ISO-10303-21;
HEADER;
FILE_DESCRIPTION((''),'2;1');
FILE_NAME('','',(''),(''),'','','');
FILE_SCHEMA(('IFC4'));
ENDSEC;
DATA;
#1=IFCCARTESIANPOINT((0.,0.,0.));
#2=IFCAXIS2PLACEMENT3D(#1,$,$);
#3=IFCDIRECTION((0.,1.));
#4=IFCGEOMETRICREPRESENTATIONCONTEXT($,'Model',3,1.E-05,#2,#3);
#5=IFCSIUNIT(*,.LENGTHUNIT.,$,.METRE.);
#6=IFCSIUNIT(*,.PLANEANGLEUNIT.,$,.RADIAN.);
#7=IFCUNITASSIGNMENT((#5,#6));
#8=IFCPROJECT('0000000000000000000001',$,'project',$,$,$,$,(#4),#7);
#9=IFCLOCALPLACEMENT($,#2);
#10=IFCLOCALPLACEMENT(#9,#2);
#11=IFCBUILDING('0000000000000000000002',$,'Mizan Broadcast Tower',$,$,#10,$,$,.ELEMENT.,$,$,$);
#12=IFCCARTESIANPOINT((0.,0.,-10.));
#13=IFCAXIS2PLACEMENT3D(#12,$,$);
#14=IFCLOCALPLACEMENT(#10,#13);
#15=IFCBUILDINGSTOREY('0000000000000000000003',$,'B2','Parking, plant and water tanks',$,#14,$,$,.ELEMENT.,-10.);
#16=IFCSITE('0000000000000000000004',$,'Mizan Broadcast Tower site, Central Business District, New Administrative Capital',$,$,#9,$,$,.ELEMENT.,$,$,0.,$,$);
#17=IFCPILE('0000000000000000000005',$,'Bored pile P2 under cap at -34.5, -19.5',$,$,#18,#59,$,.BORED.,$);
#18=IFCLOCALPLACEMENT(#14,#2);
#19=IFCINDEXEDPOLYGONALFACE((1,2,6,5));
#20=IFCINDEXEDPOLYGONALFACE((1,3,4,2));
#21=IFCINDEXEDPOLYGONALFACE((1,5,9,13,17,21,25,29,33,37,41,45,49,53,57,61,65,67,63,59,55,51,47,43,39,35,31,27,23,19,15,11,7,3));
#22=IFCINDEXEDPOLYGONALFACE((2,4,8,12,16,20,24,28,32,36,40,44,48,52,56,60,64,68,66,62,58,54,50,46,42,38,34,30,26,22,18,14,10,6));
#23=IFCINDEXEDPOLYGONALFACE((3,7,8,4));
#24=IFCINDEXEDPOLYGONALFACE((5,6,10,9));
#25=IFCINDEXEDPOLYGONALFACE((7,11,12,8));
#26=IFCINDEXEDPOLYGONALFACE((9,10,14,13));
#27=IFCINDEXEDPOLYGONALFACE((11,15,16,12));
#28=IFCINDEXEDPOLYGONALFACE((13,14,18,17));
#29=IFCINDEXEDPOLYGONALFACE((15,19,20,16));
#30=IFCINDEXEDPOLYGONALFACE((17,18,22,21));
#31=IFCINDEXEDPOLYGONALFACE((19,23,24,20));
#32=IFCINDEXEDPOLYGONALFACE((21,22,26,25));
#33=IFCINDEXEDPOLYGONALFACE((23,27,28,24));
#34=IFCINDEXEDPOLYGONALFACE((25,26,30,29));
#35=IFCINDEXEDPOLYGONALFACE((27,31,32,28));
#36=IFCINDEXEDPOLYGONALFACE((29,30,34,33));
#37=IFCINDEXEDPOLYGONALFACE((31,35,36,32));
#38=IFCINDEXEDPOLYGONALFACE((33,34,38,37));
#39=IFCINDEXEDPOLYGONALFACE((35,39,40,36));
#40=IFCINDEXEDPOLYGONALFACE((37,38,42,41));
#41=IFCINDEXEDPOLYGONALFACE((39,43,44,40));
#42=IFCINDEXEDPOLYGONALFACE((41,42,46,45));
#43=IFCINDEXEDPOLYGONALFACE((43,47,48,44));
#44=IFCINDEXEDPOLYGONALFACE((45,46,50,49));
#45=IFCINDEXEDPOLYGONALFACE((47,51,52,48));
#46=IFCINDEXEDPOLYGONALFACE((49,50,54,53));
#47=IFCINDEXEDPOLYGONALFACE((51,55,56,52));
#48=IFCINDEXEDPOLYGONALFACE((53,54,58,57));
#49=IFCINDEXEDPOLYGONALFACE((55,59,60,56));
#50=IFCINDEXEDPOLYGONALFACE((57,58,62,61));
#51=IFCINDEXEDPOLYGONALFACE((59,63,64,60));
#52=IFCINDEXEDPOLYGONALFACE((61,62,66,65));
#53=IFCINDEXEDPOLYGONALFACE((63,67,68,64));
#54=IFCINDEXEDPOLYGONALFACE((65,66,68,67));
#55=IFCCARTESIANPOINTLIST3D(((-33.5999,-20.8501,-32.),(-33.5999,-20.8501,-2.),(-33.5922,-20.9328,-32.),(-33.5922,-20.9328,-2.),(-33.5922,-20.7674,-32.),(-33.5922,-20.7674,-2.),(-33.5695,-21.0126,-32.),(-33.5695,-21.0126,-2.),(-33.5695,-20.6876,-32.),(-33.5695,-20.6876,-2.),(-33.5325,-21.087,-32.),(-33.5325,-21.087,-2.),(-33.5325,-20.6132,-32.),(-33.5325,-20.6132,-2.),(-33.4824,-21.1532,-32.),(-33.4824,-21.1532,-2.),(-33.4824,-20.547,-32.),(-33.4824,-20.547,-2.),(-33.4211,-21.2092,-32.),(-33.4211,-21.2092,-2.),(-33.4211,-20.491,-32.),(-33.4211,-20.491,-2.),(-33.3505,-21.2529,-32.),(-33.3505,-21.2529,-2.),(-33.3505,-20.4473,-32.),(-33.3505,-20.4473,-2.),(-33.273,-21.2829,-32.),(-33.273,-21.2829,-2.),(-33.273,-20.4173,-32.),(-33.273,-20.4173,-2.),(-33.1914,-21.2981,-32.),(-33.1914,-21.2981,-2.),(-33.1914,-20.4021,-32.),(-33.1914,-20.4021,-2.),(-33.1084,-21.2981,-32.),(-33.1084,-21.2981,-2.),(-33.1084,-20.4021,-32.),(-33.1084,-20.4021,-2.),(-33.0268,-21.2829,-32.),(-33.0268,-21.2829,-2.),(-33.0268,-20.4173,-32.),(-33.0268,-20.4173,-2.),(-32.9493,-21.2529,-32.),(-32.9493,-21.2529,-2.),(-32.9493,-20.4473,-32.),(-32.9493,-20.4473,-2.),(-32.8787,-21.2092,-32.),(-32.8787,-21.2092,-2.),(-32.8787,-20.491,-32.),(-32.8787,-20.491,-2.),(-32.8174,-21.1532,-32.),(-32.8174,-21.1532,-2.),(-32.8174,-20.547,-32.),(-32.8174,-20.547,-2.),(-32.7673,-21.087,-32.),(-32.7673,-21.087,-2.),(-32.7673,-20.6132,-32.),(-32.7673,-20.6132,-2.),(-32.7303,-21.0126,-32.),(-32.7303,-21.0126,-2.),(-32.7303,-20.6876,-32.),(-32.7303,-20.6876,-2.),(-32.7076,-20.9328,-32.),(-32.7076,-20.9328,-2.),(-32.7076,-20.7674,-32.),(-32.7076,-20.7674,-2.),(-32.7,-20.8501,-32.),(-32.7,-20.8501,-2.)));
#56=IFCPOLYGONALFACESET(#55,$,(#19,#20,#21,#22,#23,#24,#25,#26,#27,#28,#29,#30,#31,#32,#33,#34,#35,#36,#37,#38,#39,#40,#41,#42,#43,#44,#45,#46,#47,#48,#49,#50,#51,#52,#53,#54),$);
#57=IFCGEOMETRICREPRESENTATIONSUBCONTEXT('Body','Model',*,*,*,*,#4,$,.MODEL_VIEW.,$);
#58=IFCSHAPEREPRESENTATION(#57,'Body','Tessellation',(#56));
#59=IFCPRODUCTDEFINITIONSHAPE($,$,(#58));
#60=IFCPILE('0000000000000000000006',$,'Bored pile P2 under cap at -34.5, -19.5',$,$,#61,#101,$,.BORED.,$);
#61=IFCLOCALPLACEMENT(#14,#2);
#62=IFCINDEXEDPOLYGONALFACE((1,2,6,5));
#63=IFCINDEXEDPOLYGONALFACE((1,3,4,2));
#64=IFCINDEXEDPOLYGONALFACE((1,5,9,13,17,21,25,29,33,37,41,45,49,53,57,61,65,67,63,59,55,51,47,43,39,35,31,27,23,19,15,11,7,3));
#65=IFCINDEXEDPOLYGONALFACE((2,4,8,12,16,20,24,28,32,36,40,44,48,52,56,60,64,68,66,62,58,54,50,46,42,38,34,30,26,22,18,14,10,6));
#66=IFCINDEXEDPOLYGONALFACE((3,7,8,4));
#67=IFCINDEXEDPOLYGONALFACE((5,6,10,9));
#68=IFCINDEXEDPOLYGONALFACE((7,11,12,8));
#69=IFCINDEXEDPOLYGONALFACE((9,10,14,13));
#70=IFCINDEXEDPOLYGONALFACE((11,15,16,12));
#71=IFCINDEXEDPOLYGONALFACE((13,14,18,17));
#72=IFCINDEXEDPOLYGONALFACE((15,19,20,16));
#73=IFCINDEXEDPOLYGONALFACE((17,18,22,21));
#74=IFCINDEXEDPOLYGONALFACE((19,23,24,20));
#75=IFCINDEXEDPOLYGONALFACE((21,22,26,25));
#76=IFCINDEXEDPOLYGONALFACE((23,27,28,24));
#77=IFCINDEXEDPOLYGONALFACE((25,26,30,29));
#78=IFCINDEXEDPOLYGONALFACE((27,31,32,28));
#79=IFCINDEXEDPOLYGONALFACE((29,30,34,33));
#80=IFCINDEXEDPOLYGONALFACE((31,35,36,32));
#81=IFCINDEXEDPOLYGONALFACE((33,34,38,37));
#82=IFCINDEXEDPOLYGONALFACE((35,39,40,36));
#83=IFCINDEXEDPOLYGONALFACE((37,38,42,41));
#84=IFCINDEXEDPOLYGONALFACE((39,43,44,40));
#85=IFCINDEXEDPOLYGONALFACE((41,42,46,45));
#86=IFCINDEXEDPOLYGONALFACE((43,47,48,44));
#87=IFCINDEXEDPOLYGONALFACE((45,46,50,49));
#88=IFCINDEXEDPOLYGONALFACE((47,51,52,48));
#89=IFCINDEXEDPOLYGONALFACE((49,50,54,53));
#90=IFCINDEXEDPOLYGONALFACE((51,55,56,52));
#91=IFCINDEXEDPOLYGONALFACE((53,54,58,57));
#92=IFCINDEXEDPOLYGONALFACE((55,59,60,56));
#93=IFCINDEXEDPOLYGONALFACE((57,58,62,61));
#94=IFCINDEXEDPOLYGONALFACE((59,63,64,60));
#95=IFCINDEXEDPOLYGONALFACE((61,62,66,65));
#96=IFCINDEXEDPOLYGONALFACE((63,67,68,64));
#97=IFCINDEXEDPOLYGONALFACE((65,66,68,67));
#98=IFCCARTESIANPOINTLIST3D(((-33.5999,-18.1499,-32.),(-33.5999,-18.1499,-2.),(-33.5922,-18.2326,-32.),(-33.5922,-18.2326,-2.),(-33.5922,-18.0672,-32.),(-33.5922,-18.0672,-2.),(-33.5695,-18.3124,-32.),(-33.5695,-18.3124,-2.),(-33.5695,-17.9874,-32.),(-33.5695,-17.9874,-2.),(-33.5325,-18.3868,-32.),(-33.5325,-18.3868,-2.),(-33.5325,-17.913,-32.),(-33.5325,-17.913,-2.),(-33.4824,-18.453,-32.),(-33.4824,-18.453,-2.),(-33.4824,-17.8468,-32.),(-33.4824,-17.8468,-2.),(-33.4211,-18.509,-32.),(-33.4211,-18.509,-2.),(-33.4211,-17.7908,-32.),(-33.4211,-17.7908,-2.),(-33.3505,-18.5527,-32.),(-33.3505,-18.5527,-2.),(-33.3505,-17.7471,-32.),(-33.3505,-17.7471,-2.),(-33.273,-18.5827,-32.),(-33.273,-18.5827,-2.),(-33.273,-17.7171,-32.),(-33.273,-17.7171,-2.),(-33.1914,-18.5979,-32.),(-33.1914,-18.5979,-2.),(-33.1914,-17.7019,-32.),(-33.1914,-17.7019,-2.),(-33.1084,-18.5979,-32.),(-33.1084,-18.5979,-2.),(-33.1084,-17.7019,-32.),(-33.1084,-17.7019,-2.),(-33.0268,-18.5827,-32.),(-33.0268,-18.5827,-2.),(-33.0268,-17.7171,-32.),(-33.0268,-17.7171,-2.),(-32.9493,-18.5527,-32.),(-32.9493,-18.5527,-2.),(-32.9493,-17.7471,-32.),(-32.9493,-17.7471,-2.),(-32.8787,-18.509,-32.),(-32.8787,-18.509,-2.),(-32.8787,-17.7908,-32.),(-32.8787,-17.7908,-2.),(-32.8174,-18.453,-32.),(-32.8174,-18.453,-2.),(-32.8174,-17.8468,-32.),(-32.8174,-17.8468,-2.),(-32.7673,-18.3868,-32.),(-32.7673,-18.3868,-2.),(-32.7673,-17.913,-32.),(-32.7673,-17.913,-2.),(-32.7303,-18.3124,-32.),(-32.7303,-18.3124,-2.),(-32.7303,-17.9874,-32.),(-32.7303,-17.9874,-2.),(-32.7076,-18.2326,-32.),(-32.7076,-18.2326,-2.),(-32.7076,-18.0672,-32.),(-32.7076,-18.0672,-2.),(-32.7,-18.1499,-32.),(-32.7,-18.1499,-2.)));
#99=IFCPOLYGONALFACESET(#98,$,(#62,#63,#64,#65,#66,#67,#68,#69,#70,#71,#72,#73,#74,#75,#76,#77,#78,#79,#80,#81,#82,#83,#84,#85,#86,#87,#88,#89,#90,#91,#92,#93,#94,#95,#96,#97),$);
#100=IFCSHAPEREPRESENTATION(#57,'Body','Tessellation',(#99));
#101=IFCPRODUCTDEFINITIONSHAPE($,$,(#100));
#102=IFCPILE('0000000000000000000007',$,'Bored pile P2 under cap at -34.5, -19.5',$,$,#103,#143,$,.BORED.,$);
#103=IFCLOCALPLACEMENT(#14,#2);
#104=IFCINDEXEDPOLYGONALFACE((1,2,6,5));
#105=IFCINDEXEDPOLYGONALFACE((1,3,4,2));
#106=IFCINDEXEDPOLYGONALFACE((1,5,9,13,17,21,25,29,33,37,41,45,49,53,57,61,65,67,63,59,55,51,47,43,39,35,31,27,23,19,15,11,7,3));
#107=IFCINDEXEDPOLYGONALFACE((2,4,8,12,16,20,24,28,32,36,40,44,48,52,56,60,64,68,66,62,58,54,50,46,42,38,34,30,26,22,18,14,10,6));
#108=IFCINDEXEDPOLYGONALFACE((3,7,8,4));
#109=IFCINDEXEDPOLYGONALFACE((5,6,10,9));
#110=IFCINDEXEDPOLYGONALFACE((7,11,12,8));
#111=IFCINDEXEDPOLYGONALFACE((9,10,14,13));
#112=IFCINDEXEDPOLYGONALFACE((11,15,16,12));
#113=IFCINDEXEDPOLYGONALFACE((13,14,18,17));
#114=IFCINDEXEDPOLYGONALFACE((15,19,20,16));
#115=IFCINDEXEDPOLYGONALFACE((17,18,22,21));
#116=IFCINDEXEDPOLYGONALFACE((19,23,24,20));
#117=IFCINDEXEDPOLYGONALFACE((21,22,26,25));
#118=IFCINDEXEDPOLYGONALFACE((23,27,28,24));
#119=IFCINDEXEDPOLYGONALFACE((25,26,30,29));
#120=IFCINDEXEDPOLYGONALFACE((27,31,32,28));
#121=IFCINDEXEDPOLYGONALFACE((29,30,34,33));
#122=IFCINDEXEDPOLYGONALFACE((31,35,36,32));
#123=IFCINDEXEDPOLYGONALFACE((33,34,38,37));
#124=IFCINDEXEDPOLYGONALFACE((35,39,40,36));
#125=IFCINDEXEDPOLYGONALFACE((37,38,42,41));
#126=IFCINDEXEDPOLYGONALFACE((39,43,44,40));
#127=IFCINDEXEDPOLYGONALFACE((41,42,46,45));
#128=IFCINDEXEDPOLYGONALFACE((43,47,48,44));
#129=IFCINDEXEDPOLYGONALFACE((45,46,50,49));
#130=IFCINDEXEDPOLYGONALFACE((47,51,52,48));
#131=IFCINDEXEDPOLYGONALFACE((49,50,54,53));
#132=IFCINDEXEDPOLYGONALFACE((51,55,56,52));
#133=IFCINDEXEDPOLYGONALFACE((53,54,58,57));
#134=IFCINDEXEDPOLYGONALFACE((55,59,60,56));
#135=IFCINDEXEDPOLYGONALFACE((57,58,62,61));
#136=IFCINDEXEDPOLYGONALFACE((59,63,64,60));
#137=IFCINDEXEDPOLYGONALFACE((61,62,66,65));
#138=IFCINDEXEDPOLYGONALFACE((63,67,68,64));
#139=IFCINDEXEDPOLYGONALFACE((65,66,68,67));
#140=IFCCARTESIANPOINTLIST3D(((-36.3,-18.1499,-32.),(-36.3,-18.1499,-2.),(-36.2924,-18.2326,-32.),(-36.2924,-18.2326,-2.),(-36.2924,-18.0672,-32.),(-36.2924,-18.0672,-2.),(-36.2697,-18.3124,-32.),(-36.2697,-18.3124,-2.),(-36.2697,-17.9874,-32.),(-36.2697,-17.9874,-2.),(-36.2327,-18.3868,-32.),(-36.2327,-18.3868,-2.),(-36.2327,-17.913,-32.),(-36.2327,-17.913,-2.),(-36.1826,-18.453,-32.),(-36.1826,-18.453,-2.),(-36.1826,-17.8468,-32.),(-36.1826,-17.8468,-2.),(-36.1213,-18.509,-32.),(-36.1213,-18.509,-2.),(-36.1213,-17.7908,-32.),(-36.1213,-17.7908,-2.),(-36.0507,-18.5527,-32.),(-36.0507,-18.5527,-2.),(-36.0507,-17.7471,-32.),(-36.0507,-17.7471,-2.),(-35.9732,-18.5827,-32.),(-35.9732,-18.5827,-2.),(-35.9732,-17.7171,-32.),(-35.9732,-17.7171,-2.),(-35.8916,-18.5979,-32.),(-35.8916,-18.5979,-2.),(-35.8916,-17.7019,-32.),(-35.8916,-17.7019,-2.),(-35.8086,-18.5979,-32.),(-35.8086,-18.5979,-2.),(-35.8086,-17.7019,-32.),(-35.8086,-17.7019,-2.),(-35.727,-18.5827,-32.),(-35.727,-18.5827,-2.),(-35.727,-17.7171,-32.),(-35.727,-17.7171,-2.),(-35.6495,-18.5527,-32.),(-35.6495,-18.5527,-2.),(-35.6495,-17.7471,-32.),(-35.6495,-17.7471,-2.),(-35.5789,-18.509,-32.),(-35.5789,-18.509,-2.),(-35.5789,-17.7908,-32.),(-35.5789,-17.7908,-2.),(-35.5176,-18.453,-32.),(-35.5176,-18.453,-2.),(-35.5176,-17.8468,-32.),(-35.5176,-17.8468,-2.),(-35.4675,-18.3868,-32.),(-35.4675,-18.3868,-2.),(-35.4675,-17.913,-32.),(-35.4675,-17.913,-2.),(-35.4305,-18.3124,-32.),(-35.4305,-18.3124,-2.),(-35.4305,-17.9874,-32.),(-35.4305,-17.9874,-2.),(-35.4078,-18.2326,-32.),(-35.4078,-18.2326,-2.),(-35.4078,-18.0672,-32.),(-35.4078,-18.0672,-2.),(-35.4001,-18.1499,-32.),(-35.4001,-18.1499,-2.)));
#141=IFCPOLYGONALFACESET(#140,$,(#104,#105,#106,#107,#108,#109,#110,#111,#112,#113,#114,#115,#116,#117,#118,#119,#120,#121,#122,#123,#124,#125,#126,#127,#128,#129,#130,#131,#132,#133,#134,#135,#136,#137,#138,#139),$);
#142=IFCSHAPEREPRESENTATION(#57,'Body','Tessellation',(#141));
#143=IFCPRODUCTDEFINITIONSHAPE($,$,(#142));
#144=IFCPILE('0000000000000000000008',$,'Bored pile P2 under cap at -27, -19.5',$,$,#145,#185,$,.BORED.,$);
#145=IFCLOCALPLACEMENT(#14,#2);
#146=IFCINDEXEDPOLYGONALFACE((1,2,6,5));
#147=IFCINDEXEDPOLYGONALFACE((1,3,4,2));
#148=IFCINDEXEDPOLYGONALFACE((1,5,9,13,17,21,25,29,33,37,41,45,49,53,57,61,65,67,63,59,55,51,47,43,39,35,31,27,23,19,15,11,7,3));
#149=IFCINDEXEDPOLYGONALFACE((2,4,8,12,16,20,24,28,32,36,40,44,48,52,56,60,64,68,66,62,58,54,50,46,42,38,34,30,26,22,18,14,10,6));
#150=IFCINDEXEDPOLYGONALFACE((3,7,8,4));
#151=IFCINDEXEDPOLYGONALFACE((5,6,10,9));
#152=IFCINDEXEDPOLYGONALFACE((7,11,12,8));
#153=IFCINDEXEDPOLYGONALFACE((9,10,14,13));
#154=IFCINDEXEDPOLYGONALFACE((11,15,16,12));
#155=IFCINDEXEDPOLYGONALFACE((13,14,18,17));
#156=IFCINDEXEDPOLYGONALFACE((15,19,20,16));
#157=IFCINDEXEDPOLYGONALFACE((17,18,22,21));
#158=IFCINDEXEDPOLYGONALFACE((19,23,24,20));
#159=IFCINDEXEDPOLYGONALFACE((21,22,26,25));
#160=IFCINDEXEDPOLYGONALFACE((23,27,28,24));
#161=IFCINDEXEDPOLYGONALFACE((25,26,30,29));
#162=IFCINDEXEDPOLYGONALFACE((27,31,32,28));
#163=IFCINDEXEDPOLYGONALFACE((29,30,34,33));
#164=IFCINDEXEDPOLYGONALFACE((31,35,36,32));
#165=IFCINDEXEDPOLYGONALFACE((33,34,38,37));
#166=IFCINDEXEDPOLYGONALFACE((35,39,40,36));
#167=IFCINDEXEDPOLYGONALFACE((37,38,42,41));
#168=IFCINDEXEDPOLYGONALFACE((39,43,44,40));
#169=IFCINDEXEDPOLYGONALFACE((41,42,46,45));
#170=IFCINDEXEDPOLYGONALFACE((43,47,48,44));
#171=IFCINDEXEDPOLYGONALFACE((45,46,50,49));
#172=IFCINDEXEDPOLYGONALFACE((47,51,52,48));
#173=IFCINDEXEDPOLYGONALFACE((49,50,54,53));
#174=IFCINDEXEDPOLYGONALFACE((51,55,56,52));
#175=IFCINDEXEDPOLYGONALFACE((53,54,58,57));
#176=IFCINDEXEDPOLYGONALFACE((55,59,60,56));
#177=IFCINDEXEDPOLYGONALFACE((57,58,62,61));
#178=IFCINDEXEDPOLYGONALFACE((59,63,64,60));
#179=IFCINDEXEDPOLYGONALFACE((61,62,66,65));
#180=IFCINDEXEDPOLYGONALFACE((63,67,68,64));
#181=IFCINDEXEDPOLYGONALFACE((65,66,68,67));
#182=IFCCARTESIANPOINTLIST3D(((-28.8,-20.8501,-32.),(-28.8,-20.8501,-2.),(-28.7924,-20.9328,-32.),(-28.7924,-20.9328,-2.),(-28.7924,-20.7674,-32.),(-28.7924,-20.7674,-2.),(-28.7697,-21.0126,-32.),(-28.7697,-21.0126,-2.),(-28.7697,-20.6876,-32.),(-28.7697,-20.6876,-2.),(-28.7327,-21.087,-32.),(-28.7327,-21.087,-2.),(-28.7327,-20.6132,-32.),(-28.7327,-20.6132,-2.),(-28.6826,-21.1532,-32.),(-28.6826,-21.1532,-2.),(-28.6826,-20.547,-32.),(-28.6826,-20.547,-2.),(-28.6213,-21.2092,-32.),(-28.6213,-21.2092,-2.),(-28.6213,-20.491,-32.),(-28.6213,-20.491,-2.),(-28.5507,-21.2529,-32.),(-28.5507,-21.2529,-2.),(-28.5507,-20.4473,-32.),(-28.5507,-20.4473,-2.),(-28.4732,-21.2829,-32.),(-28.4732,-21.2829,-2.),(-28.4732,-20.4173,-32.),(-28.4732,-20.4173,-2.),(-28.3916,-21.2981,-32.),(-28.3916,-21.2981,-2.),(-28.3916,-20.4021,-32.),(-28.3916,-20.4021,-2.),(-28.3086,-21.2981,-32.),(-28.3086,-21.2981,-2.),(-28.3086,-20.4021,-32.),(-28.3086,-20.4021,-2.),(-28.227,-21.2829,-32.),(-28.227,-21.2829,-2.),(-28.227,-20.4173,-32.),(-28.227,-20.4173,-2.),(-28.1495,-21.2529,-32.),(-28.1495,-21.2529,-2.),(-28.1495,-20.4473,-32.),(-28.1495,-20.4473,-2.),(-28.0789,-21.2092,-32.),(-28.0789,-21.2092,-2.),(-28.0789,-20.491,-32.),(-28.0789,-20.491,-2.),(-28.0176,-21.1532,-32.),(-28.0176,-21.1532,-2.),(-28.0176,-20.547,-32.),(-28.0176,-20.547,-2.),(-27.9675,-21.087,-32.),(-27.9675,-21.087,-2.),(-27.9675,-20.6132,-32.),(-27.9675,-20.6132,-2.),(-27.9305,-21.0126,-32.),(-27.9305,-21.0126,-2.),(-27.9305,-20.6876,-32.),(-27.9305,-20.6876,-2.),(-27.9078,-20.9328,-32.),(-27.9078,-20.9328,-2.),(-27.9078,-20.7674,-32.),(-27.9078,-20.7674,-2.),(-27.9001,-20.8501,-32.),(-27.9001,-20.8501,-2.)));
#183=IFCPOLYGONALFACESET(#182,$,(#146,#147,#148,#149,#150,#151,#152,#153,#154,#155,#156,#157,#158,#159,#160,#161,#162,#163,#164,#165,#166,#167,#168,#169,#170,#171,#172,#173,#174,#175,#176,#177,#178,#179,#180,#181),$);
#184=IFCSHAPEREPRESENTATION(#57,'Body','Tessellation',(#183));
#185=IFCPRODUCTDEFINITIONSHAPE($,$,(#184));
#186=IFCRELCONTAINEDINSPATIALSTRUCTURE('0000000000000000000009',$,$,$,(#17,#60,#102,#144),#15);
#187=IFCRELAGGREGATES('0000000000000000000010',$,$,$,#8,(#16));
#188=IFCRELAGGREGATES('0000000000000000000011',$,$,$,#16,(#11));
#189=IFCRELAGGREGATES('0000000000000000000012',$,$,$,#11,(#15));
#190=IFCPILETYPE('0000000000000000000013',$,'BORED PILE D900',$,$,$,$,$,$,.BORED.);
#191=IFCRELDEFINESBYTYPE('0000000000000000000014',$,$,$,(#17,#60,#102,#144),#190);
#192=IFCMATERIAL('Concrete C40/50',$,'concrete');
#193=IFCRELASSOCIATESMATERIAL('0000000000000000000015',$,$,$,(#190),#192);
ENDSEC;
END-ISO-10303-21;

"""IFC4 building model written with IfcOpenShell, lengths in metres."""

from ifc_helpers import new_model, si_unit, direction, frame, origin, origin_2d, place, context, subcontext, project, spatial, circle, extrude, material, material_profile, profile_set, type_object, element, save


model = new_model("IFC4")

# Units and contexts
model_context = context("Model", 3, precision=1e-05, world=origin(), true_north=direction((0.0, 1.0)))
body_context = subcontext(model_context, "Body", "Model", "MODEL_VIEW")
ifc_project = project(units=[si_unit("LENGTHUNIT", "METRE"), si_unit("PLANEANGLEUNIT", "RADIAN")], contexts=[model_context])

# Site, building, storey
site_placement = place(None, origin())
site = spatial("IfcSite", under=ifc_project, at=site_placement, Name="Mizan Broadcast Tower site, Central Business District, New Administrative Capital", CompositionType="ELEMENT", RefElevation=0.0)
building_placement = place(site_placement, origin())
building = spatial("IfcBuilding", under=site, at=building_placement, Name="Mizan Broadcast Tower", CompositionType="ELEMENT")
storey_placement = place(building_placement, frame((0.0, 0.0, -10.0)))
storey = spatial("IfcBuildingStorey", under=building, at=storey_placement, Name="B2", Description="Parking, plant and water tanks", CompositionType="ELEMENT", Elevation=-10.0)

# Piles
ifc_material_1 = material(Name="Concrete C40/50", Category="concrete")
ifc_material_profile_1 = material_profile(ifc_material_1, circle(Radius=0.45, at=origin_2d()), Name="D900")
ifc_profile_set_1 = profile_set([ifc_material_profile_1], Name="Concrete C40/50")
pile_type_1 = type_object("IfcPileType", Name="BORED PILE D900", PredefinedType="BORED", material=ifc_profile_set_1)
for number, where, z_axis, x_axis, name in (
    (1, (-33.1499, -20.8501, -2.0), (0.0, 0.0, -1.0), (1.0, 0.0, 0.0), "Bored pile P2 under cap at -34.5, -19.5"),
    (2, (-33.1499, -18.1499, -2.0), (0.0, 0.0, -1.0), (1.0, 0.0, 0.0), "Bored pile P2 under cap at -34.5, -19.5"),
    (3, (-35.8501, -18.1499, -2.0), (0.0, 0.0, -1.0), (1.0, 0.0, 0.0), "Bored pile P2 under cap at -34.5, -19.5"),
    (4, (-28.3501, -20.8501, -2.0), (0.0, 0.0, -1.0), (1.0, 0.0, 0.0), "Bored pile P2 under cap at -27, -19.5"),
):
    element("IfcPile", number, at=place(storey_placement, frame(where, z_axis=z_axis, x_axis=x_axis)), inside=storey, type_object=pile_type_1, Name=name, PredefinedType="BORED", context=body_context, shape_type="SweptSolid", body=[
        extrude(circle(Radius=0.45, at=origin_2d()), origin(), (0.0, 0.0, 1.0), 30.0),
    ])

save(model, "model.ifc")
